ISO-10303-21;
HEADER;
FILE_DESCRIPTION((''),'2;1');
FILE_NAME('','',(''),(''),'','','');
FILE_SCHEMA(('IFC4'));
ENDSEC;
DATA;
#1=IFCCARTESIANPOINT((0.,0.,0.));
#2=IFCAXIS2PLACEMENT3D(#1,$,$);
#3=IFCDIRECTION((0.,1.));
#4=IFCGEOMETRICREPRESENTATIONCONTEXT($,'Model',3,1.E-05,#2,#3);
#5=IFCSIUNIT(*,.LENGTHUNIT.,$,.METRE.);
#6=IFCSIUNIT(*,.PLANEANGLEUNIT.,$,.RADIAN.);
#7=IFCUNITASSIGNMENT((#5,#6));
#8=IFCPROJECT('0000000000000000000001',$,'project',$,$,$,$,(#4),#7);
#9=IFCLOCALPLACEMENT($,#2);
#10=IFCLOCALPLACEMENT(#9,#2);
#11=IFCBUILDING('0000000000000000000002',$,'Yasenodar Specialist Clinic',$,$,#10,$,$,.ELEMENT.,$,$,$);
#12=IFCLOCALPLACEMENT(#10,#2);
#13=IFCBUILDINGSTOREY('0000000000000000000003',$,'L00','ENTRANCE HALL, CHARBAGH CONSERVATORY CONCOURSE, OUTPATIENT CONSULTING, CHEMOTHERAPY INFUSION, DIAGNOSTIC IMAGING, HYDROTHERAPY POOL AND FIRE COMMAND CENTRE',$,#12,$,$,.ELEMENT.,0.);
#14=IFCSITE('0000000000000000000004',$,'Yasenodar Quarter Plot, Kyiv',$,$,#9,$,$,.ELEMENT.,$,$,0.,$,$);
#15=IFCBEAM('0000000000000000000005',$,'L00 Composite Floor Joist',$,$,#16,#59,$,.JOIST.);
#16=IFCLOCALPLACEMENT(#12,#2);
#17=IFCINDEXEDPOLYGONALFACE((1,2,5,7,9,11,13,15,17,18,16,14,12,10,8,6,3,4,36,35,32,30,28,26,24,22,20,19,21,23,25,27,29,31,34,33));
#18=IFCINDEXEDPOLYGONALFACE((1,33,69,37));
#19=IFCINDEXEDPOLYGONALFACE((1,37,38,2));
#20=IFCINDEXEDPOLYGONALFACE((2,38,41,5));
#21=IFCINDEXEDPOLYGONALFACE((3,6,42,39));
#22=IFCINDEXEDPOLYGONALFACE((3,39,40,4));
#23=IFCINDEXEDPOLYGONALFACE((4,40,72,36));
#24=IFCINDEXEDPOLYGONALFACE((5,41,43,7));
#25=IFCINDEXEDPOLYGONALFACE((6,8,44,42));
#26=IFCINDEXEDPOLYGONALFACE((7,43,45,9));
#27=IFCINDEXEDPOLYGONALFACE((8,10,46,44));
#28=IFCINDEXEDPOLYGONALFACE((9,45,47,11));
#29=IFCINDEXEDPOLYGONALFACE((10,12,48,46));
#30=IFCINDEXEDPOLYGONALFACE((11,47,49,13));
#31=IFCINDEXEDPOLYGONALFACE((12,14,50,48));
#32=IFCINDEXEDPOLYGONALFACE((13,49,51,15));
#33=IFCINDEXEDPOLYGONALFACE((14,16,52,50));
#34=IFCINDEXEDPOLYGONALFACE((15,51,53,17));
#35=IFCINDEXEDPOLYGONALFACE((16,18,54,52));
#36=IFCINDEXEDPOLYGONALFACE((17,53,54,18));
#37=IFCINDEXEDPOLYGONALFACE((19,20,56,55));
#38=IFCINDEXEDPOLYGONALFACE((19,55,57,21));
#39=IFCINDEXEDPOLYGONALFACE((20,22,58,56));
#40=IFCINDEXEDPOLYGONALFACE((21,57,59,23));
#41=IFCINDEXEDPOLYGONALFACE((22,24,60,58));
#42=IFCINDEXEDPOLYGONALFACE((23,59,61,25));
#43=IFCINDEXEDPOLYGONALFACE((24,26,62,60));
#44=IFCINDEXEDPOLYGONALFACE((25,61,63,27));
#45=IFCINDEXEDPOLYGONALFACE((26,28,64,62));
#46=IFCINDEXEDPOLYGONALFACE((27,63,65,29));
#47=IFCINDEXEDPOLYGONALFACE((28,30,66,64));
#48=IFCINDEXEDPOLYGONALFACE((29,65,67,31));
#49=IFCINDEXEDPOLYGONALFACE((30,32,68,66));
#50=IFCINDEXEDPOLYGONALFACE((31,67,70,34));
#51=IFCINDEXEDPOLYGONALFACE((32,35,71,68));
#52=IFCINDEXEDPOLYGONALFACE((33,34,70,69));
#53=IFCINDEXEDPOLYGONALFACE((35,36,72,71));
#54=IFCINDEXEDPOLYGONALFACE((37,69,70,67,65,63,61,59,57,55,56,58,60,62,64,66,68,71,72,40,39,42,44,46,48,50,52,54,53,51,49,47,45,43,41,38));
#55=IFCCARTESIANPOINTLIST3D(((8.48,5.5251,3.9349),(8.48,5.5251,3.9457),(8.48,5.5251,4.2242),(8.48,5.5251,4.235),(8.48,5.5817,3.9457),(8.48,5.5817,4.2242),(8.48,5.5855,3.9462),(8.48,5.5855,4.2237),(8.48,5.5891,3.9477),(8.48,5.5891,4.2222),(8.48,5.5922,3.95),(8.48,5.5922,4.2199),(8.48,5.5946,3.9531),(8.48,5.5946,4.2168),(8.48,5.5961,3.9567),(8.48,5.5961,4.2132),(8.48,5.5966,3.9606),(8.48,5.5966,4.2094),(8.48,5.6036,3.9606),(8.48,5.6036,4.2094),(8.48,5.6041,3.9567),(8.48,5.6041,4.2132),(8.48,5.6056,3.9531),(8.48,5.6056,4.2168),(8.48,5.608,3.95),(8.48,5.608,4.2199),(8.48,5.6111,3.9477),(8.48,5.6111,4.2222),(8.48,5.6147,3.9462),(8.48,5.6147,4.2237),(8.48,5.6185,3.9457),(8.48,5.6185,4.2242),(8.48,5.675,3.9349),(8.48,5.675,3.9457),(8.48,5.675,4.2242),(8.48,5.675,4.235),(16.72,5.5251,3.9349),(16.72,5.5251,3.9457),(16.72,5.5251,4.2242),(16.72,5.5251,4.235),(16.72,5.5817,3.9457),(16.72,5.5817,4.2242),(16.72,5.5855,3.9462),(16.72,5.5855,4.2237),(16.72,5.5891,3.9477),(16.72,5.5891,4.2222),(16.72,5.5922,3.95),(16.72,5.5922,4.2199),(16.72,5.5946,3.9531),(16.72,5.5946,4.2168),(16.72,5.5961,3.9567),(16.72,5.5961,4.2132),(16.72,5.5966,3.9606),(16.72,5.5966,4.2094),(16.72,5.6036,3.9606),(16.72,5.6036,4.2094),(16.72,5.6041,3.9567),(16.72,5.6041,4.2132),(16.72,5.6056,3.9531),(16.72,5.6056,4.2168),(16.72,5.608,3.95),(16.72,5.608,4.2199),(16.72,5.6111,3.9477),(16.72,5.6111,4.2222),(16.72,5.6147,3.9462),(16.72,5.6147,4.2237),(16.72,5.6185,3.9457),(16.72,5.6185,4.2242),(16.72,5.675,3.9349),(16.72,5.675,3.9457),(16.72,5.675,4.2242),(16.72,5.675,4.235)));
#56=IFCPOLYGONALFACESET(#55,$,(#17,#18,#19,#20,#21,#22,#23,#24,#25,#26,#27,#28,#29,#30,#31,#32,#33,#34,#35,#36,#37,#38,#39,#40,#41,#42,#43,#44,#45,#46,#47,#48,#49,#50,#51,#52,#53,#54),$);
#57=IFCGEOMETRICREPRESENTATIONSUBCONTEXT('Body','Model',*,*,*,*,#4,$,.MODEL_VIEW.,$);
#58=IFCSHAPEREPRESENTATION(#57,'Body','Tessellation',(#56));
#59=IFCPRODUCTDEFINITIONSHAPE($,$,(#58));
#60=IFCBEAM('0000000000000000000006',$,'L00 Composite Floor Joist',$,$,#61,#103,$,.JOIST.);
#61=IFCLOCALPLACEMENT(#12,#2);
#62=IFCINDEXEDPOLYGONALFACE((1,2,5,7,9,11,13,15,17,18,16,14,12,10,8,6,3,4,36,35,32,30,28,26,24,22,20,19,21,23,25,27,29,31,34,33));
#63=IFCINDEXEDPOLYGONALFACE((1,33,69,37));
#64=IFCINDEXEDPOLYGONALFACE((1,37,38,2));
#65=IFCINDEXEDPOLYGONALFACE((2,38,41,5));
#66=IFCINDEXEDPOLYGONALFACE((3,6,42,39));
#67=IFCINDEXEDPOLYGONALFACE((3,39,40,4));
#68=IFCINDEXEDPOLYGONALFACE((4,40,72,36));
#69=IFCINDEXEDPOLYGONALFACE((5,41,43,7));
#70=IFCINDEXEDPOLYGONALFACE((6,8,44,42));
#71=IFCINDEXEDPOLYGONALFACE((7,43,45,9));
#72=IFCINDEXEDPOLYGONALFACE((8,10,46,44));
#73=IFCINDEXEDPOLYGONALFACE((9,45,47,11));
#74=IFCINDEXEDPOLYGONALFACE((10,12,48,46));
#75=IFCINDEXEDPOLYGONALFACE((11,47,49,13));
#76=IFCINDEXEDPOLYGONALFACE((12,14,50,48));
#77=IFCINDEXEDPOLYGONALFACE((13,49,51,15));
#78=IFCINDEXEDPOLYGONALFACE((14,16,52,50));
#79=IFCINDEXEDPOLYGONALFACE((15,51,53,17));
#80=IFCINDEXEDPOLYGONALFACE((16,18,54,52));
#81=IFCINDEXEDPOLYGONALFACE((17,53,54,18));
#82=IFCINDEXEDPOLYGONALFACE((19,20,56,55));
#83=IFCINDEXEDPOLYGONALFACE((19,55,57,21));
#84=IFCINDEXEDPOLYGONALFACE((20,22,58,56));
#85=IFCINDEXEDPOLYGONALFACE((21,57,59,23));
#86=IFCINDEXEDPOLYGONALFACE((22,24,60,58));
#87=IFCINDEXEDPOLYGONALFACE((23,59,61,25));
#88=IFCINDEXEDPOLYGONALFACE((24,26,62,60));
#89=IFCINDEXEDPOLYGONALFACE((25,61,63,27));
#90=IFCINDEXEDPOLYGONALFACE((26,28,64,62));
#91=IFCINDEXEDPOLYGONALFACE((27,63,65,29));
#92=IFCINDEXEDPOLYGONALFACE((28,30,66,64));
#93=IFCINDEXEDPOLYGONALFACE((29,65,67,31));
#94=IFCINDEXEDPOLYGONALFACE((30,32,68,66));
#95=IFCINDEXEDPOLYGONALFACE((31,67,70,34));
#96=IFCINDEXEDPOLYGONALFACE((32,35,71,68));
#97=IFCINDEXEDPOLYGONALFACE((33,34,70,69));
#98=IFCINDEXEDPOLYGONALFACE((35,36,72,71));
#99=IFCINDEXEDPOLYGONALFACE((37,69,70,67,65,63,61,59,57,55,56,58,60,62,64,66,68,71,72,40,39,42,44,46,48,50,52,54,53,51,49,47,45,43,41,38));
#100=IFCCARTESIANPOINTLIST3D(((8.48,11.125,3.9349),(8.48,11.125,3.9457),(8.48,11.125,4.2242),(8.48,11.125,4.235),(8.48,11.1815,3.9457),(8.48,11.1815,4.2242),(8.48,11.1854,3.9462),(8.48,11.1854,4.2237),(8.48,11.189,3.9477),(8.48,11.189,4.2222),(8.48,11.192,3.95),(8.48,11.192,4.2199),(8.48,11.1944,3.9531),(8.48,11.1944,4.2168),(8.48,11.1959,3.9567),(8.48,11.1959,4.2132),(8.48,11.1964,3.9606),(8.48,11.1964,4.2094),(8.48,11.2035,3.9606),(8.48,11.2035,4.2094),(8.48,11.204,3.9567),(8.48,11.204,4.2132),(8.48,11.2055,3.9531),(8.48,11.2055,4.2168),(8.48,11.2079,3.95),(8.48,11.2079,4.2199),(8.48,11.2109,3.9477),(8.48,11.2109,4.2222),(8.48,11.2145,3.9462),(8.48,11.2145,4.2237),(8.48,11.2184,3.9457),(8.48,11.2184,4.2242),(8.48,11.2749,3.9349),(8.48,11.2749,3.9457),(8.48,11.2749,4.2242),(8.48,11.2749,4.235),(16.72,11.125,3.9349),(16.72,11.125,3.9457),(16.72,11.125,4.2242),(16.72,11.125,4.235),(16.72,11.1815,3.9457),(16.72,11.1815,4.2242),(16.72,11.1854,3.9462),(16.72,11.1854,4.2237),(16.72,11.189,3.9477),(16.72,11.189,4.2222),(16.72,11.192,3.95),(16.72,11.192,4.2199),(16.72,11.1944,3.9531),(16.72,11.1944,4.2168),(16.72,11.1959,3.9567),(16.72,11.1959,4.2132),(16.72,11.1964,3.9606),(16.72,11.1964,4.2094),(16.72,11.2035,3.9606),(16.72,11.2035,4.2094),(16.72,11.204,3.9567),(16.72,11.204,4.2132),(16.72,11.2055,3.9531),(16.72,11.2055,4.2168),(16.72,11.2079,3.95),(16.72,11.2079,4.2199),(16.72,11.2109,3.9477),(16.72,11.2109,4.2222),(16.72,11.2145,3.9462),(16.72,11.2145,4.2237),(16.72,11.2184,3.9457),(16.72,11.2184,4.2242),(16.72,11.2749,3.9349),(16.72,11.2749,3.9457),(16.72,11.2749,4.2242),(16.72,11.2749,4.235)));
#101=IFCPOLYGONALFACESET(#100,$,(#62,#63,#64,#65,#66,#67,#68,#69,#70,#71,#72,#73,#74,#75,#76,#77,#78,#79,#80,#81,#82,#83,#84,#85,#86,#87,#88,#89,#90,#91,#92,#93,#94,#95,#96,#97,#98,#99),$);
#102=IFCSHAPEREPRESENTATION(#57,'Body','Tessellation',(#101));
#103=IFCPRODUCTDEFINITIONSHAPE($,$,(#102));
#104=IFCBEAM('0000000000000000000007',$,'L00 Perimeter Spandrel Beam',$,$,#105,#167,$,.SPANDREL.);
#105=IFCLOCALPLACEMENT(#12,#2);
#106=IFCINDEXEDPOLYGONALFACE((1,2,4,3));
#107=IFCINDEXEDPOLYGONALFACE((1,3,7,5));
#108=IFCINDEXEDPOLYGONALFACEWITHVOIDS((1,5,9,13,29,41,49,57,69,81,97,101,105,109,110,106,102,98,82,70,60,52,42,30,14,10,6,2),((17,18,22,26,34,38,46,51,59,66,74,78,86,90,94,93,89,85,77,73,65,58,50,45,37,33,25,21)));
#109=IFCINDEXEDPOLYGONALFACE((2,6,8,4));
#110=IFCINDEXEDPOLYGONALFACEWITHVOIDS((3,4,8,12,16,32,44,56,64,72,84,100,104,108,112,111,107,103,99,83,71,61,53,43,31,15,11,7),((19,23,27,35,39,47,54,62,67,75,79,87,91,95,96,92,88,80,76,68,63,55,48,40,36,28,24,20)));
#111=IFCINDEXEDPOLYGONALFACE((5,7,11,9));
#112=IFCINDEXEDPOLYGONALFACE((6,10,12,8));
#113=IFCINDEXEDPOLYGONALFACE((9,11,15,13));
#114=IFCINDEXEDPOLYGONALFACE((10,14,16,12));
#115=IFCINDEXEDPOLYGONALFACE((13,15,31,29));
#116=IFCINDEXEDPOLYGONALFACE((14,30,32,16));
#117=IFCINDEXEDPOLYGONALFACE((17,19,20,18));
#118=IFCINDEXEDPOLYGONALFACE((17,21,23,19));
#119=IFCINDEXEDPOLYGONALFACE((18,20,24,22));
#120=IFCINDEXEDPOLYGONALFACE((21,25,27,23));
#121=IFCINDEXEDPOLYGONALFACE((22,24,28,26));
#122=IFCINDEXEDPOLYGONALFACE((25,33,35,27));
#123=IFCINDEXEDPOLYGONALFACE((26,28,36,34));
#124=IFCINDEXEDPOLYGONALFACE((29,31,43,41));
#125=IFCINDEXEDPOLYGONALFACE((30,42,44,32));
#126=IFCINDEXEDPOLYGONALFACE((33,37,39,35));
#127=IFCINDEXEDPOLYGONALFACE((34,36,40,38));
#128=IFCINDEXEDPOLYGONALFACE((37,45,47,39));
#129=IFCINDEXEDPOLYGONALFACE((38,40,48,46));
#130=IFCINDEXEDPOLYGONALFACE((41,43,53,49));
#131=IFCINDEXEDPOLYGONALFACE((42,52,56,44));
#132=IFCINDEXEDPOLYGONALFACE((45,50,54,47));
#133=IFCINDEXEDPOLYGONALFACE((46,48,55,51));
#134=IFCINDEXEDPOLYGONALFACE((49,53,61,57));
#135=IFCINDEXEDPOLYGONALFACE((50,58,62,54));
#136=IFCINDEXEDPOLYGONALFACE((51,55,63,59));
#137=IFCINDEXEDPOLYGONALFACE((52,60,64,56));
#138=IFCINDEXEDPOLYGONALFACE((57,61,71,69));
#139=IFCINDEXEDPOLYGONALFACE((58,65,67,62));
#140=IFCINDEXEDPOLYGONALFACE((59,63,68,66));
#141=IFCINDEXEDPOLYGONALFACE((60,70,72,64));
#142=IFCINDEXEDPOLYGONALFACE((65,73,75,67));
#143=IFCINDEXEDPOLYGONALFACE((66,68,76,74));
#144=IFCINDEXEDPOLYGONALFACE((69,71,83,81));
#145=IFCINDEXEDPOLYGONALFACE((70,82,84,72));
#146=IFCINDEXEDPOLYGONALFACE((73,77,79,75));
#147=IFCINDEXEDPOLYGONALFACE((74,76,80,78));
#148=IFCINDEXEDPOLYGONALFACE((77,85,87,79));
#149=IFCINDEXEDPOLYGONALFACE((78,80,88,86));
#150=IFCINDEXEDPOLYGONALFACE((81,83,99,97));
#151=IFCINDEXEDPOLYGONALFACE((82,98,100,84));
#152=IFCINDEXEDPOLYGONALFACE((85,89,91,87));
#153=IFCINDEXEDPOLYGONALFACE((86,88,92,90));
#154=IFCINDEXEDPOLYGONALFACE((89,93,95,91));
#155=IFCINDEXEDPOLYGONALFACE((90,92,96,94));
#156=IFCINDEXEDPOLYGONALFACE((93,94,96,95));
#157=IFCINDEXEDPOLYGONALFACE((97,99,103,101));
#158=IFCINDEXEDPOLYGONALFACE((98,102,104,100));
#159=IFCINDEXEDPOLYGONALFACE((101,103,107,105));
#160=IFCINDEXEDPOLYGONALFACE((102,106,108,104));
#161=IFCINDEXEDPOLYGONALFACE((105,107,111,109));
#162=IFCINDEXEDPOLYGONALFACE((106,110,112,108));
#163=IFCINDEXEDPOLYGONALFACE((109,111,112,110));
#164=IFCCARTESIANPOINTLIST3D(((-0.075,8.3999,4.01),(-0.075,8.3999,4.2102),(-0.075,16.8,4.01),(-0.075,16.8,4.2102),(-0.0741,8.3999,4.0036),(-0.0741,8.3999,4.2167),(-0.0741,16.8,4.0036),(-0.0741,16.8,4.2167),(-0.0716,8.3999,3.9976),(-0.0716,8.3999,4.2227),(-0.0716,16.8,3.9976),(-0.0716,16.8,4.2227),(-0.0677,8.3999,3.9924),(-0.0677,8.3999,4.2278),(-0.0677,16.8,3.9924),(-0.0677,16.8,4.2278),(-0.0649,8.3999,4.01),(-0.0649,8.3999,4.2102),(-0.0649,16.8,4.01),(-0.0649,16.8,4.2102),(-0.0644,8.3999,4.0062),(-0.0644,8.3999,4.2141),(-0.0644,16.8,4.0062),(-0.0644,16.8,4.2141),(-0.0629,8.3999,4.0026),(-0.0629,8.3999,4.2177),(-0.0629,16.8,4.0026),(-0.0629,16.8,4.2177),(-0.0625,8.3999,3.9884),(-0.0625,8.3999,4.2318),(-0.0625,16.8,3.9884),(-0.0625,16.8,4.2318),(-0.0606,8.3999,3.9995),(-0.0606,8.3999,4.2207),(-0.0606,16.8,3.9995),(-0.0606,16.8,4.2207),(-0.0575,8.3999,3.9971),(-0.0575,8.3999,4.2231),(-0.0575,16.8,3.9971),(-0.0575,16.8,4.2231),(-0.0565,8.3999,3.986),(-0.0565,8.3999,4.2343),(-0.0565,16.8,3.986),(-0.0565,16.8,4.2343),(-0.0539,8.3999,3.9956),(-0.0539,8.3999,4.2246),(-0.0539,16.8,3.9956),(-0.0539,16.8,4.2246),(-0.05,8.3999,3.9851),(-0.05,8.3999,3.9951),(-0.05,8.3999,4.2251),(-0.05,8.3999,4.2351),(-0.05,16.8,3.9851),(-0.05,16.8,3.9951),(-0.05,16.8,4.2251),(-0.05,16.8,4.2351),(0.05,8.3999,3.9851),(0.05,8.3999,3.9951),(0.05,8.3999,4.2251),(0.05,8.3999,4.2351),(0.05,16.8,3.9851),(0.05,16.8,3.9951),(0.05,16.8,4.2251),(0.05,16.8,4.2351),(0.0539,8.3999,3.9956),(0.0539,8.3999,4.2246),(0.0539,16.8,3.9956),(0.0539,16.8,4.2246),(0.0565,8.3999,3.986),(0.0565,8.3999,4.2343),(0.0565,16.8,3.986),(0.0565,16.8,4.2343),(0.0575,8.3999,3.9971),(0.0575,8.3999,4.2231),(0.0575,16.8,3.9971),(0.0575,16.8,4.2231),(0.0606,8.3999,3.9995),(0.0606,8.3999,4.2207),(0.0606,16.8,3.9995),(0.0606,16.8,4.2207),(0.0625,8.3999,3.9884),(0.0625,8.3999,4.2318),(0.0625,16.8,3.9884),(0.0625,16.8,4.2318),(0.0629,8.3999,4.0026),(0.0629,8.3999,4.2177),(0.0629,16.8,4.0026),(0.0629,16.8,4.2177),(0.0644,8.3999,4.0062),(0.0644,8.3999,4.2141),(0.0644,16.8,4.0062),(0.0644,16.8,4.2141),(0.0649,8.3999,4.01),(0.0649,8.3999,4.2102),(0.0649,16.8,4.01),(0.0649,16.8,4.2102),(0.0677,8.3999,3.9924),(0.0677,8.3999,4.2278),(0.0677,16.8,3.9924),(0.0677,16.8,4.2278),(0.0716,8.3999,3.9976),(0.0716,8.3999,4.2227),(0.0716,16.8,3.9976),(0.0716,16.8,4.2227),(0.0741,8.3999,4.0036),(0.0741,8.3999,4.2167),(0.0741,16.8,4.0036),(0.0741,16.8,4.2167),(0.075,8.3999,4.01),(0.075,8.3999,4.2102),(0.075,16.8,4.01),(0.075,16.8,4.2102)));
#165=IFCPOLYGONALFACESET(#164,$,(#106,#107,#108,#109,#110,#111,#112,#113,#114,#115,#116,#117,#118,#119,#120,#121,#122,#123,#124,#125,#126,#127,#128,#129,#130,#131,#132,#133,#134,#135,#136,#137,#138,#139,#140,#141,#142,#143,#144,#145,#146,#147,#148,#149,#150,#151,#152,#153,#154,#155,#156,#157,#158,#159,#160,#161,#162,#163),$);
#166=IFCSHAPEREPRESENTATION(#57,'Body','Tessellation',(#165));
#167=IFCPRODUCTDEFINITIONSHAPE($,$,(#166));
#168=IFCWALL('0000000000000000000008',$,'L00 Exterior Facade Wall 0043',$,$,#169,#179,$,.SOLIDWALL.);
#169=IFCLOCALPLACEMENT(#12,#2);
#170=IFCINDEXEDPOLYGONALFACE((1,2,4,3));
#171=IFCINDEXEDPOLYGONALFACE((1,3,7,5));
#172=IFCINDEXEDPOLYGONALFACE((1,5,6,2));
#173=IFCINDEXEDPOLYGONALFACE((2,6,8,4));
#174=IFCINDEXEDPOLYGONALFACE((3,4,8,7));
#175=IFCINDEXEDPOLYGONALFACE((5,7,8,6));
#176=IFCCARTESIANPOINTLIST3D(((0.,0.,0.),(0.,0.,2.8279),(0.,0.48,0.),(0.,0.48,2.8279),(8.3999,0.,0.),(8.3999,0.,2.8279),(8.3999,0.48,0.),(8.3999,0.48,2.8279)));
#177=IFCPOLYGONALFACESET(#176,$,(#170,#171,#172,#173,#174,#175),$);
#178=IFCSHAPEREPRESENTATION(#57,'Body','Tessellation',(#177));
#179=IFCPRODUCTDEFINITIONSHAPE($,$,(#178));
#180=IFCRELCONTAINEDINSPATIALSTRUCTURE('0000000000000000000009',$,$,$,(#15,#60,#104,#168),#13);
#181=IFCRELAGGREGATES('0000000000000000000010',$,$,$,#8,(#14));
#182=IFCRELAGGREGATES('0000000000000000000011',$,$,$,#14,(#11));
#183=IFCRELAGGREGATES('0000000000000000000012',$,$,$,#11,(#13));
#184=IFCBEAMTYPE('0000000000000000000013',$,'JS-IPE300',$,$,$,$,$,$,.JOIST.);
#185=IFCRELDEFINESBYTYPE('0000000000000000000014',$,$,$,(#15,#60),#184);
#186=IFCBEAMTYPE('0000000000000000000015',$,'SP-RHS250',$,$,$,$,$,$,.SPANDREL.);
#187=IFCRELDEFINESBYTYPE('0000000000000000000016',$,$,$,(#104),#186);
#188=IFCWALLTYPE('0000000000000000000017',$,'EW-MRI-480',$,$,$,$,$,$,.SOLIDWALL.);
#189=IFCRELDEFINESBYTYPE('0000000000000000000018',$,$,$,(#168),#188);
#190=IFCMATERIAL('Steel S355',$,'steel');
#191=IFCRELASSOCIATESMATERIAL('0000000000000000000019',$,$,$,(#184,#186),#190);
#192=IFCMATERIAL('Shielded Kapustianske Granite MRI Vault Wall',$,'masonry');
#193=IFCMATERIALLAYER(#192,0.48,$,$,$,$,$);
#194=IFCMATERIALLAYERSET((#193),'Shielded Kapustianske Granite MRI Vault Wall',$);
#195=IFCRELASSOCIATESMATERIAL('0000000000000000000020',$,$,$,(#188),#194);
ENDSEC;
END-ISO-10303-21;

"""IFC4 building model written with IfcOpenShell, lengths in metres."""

from ifc_helpers import new_model, si_unit, direction, frame, frame_2d, origin, origin_2d, place, context, subcontext, project, spatial, rectangle, hollow_rectangle, i_section, extrude, material, layer, layer_set, material_profile, profile_set, type_object, element, save


model = new_model("IFC4")

# Units and contexts
model_context = context("Model", 3, precision=1e-05, world=origin(), true_north=direction((0.0, 1.0)))
body_context = subcontext(model_context, "Body", "Model", "MODEL_VIEW")
ifc_project = project(units=[si_unit("LENGTHUNIT", "METRE"), si_unit("PLANEANGLEUNIT", "RADIAN")], contexts=[model_context])

# Site, building, storey
site_placement = place(None, origin())
site = spatial("IfcSite", under=ifc_project, at=site_placement, Name="Yasenodar Quarter Plot, Kyiv", CompositionType="ELEMENT", RefElevation=0.0)
building_placement = place(site_placement, origin())
building = spatial("IfcBuilding", under=site, at=building_placement, Name="Yasenodar Specialist Clinic", CompositionType="ELEMENT")
storey_placement = place(building_placement, origin())
storey = spatial("IfcBuildingStorey", under=building, at=storey_placement, Name="L00", Description="ENTRANCE HALL, CHARBAGH CONSERVATORY CONCOURSE, OUTPATIENT CONSULTING, CHEMOTHERAPY INFUSION, DIAGNOSTIC IMAGING, HYDROTHERAPY POOL AND FIRE COMMAND CENTRE", CompositionType="ELEMENT", Elevation=0.0)

# Beams
ifc_material_1 = material(Name="Steel S355", Category="steel")
ifc_material_profile_1 = material_profile(ifc_material_1, i_section(OverallWidth=0.1499, OverallDepth=0.3, WebThickness=0.0071, FlangeThickness=0.0107, FilletRadius=0.0149, at=origin_2d()), Name="IPE 300")
ifc_profile_set_1 = profile_set([ifc_material_profile_1], Name="Steel S355")
beam_type_1 = type_object("IfcBeamType", Name="JS-IPE300", PredefinedType="JOIST", material=ifc_profile_set_1)
for number, where, z_axis, x_axis, name in (
    (1, (8.48, 5.6001, 4.085), (1.0, 0.0, 0.0), (0.0, 1.0, 0.0), "L00 Composite Floor Joist"),
    (2, (8.48, 11.2, 4.085), (1.0, 0.0, 0.0), (0.0, 1.0, 0.0), "L00 Composite Floor Joist"),
):
    element("IfcBeam", number, at=place(storey_placement, frame(where, z_axis=z_axis, x_axis=x_axis)), inside=storey, type_object=beam_type_1, Name=name, PredefinedType="JOIST", context=body_context, shape_type="SweptSolid", body=[
        extrude(i_section(OverallWidth=0.1499, OverallDepth=0.3, WebThickness=0.0071, FlangeThickness=0.0107, FilletRadius=0.0149, at=origin_2d()), origin(), (0.0, 0.0, 1.0), 8.24),
    ])
ifc_material_profile_2 = material_profile(ifc_material_1, hollow_rectangle(XDim=0.1499, YDim=0.25, WallThickness=0.01, InnerFilletRadius=0.0149, OuterFilletRadius=0.0249, at=origin_2d()), Name="RHS 250x150x10")
ifc_profile_set_2 = profile_set([ifc_material_profile_2], Name="Steel S355")
beam_type_2 = type_object("IfcBeamType", Name="SP-RHS250", PredefinedType="SPANDREL", material=ifc_profile_set_2)
beam_1_placement = place(storey_placement, frame((0.0, 8.3999, 4.1101), z_axis=(0.0, 1.0, 0.0), x_axis=(-1.0, 0.0, 0.0)))
element("IfcBeam", 3, at=beam_1_placement, inside=storey, type_object=beam_type_2, Name="L00 Perimeter Spandrel Beam", PredefinedType="SPANDREL", context=body_context, shape_type="SweptSolid", body=[
    extrude(hollow_rectangle(XDim=0.1499, YDim=0.25, WallThickness=0.01, InnerFilletRadius=0.0149, OuterFilletRadius=0.0249, at=origin_2d()), origin(), (0.0, 0.0, 1.0), 8.4001),
])

# Wall
ifc_material_2 = material(Name="Shielded Kapustianske Granite MRI Vault Wall", Category="masonry")
ifc_layer_1 = layer(ifc_material_2, 0.48)
ifc_layer_set_1 = layer_set([ifc_layer_1], Name="Shielded Kapustianske Granite MRI Vault Wall")
wall_type_1 = type_object("IfcWallType", Name="EW-MRI-480", PredefinedType="SOLIDWALL", material=ifc_layer_set_1)
wall_1_placement = place(storey_placement, frame((8.3999, 0.24, 0.0), z_axis=(0.0, 0.0, 1.0), x_axis=(-1.0, 0.0, 0.0)))
element("IfcWall", 4, at=wall_1_placement, inside=storey, type_object=wall_type_1, Name="L00 Exterior Facade Wall 0043", PredefinedType="SOLIDWALL", context=body_context, shape_type="SweptSolid", body=[
    extrude(rectangle(XDim=8.3999, YDim=0.48, at=frame_2d((4.2, 0.0))), origin(), (0.0, 0.0, 1.0), 2.8279),
])

save(model, "model.ifc")
